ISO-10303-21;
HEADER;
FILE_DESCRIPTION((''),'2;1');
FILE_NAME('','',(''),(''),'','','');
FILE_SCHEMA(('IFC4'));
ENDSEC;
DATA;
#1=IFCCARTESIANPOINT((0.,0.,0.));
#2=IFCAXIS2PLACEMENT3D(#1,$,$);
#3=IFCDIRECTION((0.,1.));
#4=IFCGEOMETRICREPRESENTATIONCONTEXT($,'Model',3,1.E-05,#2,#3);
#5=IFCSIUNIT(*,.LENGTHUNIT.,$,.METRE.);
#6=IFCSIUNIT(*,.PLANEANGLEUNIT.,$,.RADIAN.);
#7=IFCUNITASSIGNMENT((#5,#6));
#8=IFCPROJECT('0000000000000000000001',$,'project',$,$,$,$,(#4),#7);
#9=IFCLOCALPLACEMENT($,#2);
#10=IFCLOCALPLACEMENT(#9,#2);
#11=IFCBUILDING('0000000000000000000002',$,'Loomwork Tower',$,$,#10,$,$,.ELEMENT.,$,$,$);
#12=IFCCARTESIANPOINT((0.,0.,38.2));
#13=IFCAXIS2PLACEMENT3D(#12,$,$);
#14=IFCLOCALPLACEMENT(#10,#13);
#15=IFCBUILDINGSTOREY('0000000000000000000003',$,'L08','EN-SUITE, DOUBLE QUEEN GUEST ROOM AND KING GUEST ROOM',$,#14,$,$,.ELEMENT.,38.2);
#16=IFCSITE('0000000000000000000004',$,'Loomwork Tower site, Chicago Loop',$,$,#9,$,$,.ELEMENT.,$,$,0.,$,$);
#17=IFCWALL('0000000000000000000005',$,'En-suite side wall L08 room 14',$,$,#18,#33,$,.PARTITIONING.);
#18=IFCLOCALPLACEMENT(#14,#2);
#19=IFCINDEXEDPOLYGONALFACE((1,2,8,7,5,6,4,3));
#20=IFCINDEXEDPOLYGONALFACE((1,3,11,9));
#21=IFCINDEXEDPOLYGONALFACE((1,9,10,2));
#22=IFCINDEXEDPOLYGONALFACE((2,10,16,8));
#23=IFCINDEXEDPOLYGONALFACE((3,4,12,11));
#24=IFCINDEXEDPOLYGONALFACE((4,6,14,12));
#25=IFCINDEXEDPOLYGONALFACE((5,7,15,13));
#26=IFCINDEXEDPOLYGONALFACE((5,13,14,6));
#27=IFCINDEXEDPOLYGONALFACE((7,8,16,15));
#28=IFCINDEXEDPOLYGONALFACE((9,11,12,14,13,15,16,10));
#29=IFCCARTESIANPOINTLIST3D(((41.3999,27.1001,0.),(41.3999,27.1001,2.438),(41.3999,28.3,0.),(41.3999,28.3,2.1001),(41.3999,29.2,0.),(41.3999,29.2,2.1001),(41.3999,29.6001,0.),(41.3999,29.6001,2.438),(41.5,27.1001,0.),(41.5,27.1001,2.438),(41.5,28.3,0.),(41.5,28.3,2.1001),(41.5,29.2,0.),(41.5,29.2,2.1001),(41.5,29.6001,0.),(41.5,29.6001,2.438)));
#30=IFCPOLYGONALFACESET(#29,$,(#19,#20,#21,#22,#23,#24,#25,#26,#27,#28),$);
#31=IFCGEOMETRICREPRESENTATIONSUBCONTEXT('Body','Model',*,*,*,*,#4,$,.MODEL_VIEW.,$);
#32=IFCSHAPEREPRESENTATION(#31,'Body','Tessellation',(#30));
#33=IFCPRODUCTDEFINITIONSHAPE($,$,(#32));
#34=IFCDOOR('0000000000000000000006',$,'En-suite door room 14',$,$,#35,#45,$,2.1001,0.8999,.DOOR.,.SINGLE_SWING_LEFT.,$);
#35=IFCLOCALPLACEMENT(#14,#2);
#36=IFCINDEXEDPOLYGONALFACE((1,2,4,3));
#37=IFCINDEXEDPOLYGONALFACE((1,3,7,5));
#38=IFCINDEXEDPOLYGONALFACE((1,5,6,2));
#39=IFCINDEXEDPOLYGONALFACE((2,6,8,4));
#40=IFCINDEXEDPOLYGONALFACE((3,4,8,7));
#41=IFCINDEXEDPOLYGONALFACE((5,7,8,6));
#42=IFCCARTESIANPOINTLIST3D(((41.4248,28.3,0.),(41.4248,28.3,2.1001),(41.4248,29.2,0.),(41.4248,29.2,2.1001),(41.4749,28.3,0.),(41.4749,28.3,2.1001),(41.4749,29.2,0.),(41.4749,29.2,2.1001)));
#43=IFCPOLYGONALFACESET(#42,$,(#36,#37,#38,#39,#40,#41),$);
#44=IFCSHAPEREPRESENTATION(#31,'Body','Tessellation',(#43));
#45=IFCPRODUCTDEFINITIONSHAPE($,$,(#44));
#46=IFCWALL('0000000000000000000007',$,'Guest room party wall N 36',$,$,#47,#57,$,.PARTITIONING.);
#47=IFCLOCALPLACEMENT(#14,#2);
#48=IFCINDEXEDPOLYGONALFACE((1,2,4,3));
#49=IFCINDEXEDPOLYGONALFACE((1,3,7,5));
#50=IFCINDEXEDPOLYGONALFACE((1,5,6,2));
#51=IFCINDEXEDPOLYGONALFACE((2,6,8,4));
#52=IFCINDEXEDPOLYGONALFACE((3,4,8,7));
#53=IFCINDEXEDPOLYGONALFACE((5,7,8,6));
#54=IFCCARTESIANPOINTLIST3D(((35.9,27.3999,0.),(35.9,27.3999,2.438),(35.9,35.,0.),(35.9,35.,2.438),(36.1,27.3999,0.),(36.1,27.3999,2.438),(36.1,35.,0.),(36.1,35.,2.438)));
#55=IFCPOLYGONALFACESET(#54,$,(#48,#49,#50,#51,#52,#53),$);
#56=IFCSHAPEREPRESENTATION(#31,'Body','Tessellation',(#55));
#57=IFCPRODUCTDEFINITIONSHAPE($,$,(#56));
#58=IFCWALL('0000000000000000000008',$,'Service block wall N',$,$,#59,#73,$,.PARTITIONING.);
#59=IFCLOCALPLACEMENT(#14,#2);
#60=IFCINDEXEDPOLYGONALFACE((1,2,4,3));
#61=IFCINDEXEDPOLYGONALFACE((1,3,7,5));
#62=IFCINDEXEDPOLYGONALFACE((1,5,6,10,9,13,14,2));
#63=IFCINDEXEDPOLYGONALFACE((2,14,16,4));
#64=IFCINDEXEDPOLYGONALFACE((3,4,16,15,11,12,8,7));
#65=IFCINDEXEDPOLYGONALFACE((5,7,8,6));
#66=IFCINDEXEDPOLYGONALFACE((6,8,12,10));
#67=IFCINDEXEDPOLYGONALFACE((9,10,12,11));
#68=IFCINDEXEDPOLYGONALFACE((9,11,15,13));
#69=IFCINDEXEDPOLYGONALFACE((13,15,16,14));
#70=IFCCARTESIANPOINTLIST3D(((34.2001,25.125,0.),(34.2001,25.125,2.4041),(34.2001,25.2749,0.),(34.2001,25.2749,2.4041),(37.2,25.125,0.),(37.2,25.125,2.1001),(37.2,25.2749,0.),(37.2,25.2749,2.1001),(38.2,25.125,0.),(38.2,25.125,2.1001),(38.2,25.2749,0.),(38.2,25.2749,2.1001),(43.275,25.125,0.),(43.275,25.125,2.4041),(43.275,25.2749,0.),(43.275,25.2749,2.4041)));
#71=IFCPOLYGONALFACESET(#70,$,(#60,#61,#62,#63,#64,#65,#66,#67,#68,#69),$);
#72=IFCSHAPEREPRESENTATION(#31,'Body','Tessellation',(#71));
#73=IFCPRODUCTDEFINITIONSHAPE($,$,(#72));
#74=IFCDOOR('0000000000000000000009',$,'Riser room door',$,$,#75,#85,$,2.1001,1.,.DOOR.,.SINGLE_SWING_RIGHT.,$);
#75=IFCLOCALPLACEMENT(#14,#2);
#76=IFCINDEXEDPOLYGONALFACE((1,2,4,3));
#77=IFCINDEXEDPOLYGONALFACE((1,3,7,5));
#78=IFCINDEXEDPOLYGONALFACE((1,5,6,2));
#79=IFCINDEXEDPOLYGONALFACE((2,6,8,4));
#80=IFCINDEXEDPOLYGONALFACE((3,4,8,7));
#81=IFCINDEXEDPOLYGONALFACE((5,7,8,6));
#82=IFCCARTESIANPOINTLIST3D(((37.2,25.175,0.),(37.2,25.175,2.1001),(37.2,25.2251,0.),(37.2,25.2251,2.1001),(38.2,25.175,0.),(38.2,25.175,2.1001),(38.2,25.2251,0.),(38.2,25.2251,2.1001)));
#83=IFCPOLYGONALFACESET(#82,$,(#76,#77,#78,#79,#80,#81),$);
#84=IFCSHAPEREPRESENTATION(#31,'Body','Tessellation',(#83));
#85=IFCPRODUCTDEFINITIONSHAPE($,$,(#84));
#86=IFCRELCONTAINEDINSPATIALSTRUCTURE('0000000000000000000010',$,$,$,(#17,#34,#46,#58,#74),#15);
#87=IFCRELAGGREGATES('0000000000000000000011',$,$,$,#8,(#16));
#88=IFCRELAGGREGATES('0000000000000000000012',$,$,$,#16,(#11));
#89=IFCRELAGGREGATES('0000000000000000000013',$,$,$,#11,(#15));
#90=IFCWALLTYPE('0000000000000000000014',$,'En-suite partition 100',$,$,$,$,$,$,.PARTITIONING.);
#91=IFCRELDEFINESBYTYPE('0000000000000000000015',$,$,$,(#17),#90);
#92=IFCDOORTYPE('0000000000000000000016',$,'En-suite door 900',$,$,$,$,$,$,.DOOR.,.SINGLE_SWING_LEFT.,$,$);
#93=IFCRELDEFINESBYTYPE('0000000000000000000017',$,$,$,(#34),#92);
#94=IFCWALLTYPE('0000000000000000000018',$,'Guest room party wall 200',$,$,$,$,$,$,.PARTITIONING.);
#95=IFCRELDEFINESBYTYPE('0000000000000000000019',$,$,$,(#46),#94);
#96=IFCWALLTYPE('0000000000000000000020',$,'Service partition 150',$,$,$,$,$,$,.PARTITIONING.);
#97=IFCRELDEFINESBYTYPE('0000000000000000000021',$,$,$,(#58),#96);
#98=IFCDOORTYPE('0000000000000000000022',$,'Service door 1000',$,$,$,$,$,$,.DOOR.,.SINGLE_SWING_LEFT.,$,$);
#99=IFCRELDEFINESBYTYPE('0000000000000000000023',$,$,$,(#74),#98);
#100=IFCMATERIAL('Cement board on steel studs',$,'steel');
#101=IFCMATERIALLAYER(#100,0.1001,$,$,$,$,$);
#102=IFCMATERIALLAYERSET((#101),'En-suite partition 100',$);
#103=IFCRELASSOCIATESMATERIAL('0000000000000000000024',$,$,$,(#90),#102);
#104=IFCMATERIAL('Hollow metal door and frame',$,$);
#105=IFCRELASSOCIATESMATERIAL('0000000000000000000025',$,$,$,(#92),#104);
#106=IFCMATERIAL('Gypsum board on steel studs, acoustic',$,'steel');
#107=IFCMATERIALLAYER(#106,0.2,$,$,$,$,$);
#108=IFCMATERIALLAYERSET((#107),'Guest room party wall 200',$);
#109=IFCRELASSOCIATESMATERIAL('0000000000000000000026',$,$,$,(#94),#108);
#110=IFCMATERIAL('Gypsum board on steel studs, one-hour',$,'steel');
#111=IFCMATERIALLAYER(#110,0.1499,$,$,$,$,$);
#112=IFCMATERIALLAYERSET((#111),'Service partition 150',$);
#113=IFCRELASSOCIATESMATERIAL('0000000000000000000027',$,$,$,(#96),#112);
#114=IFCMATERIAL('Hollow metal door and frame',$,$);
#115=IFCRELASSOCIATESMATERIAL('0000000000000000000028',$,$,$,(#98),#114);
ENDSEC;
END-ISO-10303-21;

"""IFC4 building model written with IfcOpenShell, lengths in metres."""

from ifc_helpers import new_model, si_unit, direction, frame, frame_2d, origin, place, context, subcontext, project, spatial, rectangle, extrude, material, layer, layer_set, type_object, element, fill, save


model = new_model("IFC4")

# Units and contexts
model_context = context("Model", 3, precision=1e-05, world=origin(), true_north=direction((0.0, 1.0)))
body_context = subcontext(model_context, "Body", "Model", "MODEL_VIEW")
ifc_project = project(units=[si_unit("LENGTHUNIT", "METRE"), si_unit("PLANEANGLEUNIT", "RADIAN")], contexts=[model_context])

# Site, building, storey
site_placement = place(None, origin())
site = spatial("IfcSite", under=ifc_project, at=site_placement, Name="Loomwork Tower site, Chicago Loop", CompositionType="ELEMENT", RefElevation=0.0)
building_placement = place(site_placement, origin())
building = spatial("IfcBuilding", under=site, at=building_placement, Name="Loomwork Tower", CompositionType="ELEMENT")
storey_placement = place(building_placement, frame((0.0, 0.0, 38.2)))
storey = spatial("IfcBuildingStorey", under=building, at=storey_placement, Name="L08", Description="EN-SUITE, DOUBLE QUEEN GUEST ROOM AND KING GUEST ROOM", CompositionType="ELEMENT", Elevation=38.2)

# Shared definitions
ifc_material_1 = material(Name="Cement board on steel studs", Category="steel")
ifc_layer_1 = layer(ifc_material_1, 0.1001)
ifc_layer_set_1 = layer_set([ifc_layer_1], Name="En-suite partition 100")
wall_type_1 = type_object("IfcWallType", Name="En-suite partition 100", PredefinedType="PARTITIONING", material=ifc_layer_set_1)

# Wall, opening, door
ifc_material_2 = material(Name="Hollow metal door and frame")
door_type_1 = type_object("IfcDoorType", Name="En-suite door 900", OperationType="SINGLE_SWING_LEFT", PredefinedType="DOOR", material=ifc_material_2)
wall_1_placement = place(storey_placement, frame((41.45, 27.1001, 0.0), z_axis=(0.0, 0.0, 1.0), x_axis=(0.0, 1.0, 0.0)))
wall_1 = element("IfcWall", 1, at=wall_1_placement, inside=storey, type_object=wall_type_1, Name="En-suite side wall L08 room 14", PredefinedType="PARTITIONING", context=body_context, shape_type="SweptSolid", body=[
    extrude(rectangle(XDim=2.5, YDim=0.1001, at=frame_2d((1.25, 0.0))), origin(), (0.0, 0.0, 1.0), 2.438),
])
opening_1_placement = place(wall_1_placement, frame((1.2, 0.0, 0.0)))
opening_1 = element("IfcOpeningElement", 2, at=opening_1_placement, cuts=wall_1, PredefinedType="OPENING", context=body_context, shape_type="SweptSolid", body=[
    extrude(rectangle(XDim=0.8999, YDim=2.1001, at=frame_2d((0.45, 1.05))), frame((0.0, 0.0601, 0.0), z_axis=(0.0, -1.0, 0.0), x_axis=(1.0, 0.0, 0.0)), (0.0, 0.0, 1.0), 0.1201),
])
door_1_placement = place(opening_1_placement, frame((0.8999, 0.0, 0.0), z_axis=(0.0, 0.0, 1.0), x_axis=(-1.0, 0.0, 0.0)))
door_1 = element("IfcDoor", 3, at=door_1_placement, inside=storey, type_object=door_type_1, Name="En-suite door room 14", OperationType="SINGLE_SWING_LEFT", OverallHeight=2.1001, OverallWidth=0.8999, PredefinedType="DOOR", context=body_context, shape_type="SweptSolid", body=[
    extrude(rectangle(XDim=0.8999, YDim=2.1001, at=frame_2d((0.45, 1.05))), frame((0.0, 0.0249, 0.0), z_axis=(0.0, -1.0, 0.0), x_axis=(1.0, 0.0, 0.0)), (0.0, 0.0, 1.0), 0.05),
])
fill(opening_1, door_1)

# Wall
ifc_material_3 = material(Name="Gypsum board on steel studs, acoustic", Category="steel")
ifc_layer_2 = layer(ifc_material_3, 0.2)
ifc_layer_set_2 = layer_set([ifc_layer_2], Name="Guest room party wall 200")
wall_type_2 = type_object("IfcWallType", Name="Guest room party wall 200", PredefinedType="PARTITIONING", material=ifc_layer_set_2)
wall_2_placement = place(storey_placement, frame((36.0, 27.3999, 0.0), z_axis=(0.0, 0.0, 1.0), x_axis=(0.0, 1.0, 0.0)))
element("IfcWall", 4, at=wall_2_placement, inside=storey, type_object=wall_type_2, Name="Guest room party wall N 36", PredefinedType="PARTITIONING", context=body_context, shape_type="SweptSolid", body=[
    extrude(rectangle(XDim=7.6001, YDim=0.2, at=frame_2d((3.8, 0.0))), origin(), (0.0, 0.0, 1.0), 2.438),
])

# Wall, opening, door
ifc_material_4 = material(Name="Gypsum board on steel studs, one-hour", Category="steel")
ifc_layer_3 = layer(ifc_material_4, 0.1499)
ifc_layer_set_3 = layer_set([ifc_layer_3], Name="Service partition 150")
wall_type_3 = type_object("IfcWallType", Name="Service partition 150", PredefinedType="PARTITIONING", material=ifc_layer_set_3)
wall_3_placement = place(storey_placement, frame((34.2, 25.2, 0.0), z_axis=(0.0, 0.0, 1.0), x_axis=(1.0, 0.0, 0.0)))
wall_3 = element("IfcWall", 5, at=wall_3_placement, inside=storey, type_object=wall_type_3, Name="Service block wall N", PredefinedType="PARTITIONING", context=body_context, shape_type="SweptSolid", body=[
    extrude(rectangle(XDim=9.075, YDim=0.1499, at=frame_2d((4.5376, 0.0))), origin(), (0.0, 0.0, 1.0), 2.4041),
])
opening_2_placement = place(wall_3_placement, frame((3.0, 0.0, 0.0)))
opening_2 = element("IfcOpeningElement", 6, at=opening_2_placement, cuts=wall_3, PredefinedType="OPENING", context=body_context, shape_type="SweptSolid", body=[
    extrude(rectangle(XDim=1.0, YDim=2.1001, at=frame_2d((0.5, 1.05))), frame((0.0, 0.085, 0.0), z_axis=(0.0, -1.0, 0.0), x_axis=(1.0, 0.0, 0.0)), (0.0, 0.0, 1.0), 0.1699),
])
ifc_material_5 = material(Name="Hollow metal door and frame")
door_type_2 = type_object("IfcDoorType", Name="Service door 1000", OperationType="SINGLE_SWING_LEFT", PredefinedType="DOOR", material=ifc_material_5)
door_2_placement = place(opening_2_placement, frame((1.0, 0.0, 0.0), z_axis=(0.0, 0.0, 1.0), x_axis=(-1.0, 0.0, 0.0)))
door_2 = element("IfcDoor", 7, at=door_2_placement, inside=storey, type_object=door_type_2, Name="Riser room door", OperationType="SINGLE_SWING_RIGHT", OverallHeight=2.1001, OverallWidth=1.0, PredefinedType="DOOR", context=body_context, shape_type="SweptSolid", body=[
    extrude(rectangle(XDim=1.0, YDim=2.1001, at=frame_2d((0.5, 1.05))), frame((0.0, 0.0249, 0.0), z_axis=(0.0, -1.0, 0.0), x_axis=(1.0, 0.0, 0.0)), (0.0, 0.0, 1.0), 0.05),
])
fill(opening_2, door_2)

save(model, "model.ifc")
